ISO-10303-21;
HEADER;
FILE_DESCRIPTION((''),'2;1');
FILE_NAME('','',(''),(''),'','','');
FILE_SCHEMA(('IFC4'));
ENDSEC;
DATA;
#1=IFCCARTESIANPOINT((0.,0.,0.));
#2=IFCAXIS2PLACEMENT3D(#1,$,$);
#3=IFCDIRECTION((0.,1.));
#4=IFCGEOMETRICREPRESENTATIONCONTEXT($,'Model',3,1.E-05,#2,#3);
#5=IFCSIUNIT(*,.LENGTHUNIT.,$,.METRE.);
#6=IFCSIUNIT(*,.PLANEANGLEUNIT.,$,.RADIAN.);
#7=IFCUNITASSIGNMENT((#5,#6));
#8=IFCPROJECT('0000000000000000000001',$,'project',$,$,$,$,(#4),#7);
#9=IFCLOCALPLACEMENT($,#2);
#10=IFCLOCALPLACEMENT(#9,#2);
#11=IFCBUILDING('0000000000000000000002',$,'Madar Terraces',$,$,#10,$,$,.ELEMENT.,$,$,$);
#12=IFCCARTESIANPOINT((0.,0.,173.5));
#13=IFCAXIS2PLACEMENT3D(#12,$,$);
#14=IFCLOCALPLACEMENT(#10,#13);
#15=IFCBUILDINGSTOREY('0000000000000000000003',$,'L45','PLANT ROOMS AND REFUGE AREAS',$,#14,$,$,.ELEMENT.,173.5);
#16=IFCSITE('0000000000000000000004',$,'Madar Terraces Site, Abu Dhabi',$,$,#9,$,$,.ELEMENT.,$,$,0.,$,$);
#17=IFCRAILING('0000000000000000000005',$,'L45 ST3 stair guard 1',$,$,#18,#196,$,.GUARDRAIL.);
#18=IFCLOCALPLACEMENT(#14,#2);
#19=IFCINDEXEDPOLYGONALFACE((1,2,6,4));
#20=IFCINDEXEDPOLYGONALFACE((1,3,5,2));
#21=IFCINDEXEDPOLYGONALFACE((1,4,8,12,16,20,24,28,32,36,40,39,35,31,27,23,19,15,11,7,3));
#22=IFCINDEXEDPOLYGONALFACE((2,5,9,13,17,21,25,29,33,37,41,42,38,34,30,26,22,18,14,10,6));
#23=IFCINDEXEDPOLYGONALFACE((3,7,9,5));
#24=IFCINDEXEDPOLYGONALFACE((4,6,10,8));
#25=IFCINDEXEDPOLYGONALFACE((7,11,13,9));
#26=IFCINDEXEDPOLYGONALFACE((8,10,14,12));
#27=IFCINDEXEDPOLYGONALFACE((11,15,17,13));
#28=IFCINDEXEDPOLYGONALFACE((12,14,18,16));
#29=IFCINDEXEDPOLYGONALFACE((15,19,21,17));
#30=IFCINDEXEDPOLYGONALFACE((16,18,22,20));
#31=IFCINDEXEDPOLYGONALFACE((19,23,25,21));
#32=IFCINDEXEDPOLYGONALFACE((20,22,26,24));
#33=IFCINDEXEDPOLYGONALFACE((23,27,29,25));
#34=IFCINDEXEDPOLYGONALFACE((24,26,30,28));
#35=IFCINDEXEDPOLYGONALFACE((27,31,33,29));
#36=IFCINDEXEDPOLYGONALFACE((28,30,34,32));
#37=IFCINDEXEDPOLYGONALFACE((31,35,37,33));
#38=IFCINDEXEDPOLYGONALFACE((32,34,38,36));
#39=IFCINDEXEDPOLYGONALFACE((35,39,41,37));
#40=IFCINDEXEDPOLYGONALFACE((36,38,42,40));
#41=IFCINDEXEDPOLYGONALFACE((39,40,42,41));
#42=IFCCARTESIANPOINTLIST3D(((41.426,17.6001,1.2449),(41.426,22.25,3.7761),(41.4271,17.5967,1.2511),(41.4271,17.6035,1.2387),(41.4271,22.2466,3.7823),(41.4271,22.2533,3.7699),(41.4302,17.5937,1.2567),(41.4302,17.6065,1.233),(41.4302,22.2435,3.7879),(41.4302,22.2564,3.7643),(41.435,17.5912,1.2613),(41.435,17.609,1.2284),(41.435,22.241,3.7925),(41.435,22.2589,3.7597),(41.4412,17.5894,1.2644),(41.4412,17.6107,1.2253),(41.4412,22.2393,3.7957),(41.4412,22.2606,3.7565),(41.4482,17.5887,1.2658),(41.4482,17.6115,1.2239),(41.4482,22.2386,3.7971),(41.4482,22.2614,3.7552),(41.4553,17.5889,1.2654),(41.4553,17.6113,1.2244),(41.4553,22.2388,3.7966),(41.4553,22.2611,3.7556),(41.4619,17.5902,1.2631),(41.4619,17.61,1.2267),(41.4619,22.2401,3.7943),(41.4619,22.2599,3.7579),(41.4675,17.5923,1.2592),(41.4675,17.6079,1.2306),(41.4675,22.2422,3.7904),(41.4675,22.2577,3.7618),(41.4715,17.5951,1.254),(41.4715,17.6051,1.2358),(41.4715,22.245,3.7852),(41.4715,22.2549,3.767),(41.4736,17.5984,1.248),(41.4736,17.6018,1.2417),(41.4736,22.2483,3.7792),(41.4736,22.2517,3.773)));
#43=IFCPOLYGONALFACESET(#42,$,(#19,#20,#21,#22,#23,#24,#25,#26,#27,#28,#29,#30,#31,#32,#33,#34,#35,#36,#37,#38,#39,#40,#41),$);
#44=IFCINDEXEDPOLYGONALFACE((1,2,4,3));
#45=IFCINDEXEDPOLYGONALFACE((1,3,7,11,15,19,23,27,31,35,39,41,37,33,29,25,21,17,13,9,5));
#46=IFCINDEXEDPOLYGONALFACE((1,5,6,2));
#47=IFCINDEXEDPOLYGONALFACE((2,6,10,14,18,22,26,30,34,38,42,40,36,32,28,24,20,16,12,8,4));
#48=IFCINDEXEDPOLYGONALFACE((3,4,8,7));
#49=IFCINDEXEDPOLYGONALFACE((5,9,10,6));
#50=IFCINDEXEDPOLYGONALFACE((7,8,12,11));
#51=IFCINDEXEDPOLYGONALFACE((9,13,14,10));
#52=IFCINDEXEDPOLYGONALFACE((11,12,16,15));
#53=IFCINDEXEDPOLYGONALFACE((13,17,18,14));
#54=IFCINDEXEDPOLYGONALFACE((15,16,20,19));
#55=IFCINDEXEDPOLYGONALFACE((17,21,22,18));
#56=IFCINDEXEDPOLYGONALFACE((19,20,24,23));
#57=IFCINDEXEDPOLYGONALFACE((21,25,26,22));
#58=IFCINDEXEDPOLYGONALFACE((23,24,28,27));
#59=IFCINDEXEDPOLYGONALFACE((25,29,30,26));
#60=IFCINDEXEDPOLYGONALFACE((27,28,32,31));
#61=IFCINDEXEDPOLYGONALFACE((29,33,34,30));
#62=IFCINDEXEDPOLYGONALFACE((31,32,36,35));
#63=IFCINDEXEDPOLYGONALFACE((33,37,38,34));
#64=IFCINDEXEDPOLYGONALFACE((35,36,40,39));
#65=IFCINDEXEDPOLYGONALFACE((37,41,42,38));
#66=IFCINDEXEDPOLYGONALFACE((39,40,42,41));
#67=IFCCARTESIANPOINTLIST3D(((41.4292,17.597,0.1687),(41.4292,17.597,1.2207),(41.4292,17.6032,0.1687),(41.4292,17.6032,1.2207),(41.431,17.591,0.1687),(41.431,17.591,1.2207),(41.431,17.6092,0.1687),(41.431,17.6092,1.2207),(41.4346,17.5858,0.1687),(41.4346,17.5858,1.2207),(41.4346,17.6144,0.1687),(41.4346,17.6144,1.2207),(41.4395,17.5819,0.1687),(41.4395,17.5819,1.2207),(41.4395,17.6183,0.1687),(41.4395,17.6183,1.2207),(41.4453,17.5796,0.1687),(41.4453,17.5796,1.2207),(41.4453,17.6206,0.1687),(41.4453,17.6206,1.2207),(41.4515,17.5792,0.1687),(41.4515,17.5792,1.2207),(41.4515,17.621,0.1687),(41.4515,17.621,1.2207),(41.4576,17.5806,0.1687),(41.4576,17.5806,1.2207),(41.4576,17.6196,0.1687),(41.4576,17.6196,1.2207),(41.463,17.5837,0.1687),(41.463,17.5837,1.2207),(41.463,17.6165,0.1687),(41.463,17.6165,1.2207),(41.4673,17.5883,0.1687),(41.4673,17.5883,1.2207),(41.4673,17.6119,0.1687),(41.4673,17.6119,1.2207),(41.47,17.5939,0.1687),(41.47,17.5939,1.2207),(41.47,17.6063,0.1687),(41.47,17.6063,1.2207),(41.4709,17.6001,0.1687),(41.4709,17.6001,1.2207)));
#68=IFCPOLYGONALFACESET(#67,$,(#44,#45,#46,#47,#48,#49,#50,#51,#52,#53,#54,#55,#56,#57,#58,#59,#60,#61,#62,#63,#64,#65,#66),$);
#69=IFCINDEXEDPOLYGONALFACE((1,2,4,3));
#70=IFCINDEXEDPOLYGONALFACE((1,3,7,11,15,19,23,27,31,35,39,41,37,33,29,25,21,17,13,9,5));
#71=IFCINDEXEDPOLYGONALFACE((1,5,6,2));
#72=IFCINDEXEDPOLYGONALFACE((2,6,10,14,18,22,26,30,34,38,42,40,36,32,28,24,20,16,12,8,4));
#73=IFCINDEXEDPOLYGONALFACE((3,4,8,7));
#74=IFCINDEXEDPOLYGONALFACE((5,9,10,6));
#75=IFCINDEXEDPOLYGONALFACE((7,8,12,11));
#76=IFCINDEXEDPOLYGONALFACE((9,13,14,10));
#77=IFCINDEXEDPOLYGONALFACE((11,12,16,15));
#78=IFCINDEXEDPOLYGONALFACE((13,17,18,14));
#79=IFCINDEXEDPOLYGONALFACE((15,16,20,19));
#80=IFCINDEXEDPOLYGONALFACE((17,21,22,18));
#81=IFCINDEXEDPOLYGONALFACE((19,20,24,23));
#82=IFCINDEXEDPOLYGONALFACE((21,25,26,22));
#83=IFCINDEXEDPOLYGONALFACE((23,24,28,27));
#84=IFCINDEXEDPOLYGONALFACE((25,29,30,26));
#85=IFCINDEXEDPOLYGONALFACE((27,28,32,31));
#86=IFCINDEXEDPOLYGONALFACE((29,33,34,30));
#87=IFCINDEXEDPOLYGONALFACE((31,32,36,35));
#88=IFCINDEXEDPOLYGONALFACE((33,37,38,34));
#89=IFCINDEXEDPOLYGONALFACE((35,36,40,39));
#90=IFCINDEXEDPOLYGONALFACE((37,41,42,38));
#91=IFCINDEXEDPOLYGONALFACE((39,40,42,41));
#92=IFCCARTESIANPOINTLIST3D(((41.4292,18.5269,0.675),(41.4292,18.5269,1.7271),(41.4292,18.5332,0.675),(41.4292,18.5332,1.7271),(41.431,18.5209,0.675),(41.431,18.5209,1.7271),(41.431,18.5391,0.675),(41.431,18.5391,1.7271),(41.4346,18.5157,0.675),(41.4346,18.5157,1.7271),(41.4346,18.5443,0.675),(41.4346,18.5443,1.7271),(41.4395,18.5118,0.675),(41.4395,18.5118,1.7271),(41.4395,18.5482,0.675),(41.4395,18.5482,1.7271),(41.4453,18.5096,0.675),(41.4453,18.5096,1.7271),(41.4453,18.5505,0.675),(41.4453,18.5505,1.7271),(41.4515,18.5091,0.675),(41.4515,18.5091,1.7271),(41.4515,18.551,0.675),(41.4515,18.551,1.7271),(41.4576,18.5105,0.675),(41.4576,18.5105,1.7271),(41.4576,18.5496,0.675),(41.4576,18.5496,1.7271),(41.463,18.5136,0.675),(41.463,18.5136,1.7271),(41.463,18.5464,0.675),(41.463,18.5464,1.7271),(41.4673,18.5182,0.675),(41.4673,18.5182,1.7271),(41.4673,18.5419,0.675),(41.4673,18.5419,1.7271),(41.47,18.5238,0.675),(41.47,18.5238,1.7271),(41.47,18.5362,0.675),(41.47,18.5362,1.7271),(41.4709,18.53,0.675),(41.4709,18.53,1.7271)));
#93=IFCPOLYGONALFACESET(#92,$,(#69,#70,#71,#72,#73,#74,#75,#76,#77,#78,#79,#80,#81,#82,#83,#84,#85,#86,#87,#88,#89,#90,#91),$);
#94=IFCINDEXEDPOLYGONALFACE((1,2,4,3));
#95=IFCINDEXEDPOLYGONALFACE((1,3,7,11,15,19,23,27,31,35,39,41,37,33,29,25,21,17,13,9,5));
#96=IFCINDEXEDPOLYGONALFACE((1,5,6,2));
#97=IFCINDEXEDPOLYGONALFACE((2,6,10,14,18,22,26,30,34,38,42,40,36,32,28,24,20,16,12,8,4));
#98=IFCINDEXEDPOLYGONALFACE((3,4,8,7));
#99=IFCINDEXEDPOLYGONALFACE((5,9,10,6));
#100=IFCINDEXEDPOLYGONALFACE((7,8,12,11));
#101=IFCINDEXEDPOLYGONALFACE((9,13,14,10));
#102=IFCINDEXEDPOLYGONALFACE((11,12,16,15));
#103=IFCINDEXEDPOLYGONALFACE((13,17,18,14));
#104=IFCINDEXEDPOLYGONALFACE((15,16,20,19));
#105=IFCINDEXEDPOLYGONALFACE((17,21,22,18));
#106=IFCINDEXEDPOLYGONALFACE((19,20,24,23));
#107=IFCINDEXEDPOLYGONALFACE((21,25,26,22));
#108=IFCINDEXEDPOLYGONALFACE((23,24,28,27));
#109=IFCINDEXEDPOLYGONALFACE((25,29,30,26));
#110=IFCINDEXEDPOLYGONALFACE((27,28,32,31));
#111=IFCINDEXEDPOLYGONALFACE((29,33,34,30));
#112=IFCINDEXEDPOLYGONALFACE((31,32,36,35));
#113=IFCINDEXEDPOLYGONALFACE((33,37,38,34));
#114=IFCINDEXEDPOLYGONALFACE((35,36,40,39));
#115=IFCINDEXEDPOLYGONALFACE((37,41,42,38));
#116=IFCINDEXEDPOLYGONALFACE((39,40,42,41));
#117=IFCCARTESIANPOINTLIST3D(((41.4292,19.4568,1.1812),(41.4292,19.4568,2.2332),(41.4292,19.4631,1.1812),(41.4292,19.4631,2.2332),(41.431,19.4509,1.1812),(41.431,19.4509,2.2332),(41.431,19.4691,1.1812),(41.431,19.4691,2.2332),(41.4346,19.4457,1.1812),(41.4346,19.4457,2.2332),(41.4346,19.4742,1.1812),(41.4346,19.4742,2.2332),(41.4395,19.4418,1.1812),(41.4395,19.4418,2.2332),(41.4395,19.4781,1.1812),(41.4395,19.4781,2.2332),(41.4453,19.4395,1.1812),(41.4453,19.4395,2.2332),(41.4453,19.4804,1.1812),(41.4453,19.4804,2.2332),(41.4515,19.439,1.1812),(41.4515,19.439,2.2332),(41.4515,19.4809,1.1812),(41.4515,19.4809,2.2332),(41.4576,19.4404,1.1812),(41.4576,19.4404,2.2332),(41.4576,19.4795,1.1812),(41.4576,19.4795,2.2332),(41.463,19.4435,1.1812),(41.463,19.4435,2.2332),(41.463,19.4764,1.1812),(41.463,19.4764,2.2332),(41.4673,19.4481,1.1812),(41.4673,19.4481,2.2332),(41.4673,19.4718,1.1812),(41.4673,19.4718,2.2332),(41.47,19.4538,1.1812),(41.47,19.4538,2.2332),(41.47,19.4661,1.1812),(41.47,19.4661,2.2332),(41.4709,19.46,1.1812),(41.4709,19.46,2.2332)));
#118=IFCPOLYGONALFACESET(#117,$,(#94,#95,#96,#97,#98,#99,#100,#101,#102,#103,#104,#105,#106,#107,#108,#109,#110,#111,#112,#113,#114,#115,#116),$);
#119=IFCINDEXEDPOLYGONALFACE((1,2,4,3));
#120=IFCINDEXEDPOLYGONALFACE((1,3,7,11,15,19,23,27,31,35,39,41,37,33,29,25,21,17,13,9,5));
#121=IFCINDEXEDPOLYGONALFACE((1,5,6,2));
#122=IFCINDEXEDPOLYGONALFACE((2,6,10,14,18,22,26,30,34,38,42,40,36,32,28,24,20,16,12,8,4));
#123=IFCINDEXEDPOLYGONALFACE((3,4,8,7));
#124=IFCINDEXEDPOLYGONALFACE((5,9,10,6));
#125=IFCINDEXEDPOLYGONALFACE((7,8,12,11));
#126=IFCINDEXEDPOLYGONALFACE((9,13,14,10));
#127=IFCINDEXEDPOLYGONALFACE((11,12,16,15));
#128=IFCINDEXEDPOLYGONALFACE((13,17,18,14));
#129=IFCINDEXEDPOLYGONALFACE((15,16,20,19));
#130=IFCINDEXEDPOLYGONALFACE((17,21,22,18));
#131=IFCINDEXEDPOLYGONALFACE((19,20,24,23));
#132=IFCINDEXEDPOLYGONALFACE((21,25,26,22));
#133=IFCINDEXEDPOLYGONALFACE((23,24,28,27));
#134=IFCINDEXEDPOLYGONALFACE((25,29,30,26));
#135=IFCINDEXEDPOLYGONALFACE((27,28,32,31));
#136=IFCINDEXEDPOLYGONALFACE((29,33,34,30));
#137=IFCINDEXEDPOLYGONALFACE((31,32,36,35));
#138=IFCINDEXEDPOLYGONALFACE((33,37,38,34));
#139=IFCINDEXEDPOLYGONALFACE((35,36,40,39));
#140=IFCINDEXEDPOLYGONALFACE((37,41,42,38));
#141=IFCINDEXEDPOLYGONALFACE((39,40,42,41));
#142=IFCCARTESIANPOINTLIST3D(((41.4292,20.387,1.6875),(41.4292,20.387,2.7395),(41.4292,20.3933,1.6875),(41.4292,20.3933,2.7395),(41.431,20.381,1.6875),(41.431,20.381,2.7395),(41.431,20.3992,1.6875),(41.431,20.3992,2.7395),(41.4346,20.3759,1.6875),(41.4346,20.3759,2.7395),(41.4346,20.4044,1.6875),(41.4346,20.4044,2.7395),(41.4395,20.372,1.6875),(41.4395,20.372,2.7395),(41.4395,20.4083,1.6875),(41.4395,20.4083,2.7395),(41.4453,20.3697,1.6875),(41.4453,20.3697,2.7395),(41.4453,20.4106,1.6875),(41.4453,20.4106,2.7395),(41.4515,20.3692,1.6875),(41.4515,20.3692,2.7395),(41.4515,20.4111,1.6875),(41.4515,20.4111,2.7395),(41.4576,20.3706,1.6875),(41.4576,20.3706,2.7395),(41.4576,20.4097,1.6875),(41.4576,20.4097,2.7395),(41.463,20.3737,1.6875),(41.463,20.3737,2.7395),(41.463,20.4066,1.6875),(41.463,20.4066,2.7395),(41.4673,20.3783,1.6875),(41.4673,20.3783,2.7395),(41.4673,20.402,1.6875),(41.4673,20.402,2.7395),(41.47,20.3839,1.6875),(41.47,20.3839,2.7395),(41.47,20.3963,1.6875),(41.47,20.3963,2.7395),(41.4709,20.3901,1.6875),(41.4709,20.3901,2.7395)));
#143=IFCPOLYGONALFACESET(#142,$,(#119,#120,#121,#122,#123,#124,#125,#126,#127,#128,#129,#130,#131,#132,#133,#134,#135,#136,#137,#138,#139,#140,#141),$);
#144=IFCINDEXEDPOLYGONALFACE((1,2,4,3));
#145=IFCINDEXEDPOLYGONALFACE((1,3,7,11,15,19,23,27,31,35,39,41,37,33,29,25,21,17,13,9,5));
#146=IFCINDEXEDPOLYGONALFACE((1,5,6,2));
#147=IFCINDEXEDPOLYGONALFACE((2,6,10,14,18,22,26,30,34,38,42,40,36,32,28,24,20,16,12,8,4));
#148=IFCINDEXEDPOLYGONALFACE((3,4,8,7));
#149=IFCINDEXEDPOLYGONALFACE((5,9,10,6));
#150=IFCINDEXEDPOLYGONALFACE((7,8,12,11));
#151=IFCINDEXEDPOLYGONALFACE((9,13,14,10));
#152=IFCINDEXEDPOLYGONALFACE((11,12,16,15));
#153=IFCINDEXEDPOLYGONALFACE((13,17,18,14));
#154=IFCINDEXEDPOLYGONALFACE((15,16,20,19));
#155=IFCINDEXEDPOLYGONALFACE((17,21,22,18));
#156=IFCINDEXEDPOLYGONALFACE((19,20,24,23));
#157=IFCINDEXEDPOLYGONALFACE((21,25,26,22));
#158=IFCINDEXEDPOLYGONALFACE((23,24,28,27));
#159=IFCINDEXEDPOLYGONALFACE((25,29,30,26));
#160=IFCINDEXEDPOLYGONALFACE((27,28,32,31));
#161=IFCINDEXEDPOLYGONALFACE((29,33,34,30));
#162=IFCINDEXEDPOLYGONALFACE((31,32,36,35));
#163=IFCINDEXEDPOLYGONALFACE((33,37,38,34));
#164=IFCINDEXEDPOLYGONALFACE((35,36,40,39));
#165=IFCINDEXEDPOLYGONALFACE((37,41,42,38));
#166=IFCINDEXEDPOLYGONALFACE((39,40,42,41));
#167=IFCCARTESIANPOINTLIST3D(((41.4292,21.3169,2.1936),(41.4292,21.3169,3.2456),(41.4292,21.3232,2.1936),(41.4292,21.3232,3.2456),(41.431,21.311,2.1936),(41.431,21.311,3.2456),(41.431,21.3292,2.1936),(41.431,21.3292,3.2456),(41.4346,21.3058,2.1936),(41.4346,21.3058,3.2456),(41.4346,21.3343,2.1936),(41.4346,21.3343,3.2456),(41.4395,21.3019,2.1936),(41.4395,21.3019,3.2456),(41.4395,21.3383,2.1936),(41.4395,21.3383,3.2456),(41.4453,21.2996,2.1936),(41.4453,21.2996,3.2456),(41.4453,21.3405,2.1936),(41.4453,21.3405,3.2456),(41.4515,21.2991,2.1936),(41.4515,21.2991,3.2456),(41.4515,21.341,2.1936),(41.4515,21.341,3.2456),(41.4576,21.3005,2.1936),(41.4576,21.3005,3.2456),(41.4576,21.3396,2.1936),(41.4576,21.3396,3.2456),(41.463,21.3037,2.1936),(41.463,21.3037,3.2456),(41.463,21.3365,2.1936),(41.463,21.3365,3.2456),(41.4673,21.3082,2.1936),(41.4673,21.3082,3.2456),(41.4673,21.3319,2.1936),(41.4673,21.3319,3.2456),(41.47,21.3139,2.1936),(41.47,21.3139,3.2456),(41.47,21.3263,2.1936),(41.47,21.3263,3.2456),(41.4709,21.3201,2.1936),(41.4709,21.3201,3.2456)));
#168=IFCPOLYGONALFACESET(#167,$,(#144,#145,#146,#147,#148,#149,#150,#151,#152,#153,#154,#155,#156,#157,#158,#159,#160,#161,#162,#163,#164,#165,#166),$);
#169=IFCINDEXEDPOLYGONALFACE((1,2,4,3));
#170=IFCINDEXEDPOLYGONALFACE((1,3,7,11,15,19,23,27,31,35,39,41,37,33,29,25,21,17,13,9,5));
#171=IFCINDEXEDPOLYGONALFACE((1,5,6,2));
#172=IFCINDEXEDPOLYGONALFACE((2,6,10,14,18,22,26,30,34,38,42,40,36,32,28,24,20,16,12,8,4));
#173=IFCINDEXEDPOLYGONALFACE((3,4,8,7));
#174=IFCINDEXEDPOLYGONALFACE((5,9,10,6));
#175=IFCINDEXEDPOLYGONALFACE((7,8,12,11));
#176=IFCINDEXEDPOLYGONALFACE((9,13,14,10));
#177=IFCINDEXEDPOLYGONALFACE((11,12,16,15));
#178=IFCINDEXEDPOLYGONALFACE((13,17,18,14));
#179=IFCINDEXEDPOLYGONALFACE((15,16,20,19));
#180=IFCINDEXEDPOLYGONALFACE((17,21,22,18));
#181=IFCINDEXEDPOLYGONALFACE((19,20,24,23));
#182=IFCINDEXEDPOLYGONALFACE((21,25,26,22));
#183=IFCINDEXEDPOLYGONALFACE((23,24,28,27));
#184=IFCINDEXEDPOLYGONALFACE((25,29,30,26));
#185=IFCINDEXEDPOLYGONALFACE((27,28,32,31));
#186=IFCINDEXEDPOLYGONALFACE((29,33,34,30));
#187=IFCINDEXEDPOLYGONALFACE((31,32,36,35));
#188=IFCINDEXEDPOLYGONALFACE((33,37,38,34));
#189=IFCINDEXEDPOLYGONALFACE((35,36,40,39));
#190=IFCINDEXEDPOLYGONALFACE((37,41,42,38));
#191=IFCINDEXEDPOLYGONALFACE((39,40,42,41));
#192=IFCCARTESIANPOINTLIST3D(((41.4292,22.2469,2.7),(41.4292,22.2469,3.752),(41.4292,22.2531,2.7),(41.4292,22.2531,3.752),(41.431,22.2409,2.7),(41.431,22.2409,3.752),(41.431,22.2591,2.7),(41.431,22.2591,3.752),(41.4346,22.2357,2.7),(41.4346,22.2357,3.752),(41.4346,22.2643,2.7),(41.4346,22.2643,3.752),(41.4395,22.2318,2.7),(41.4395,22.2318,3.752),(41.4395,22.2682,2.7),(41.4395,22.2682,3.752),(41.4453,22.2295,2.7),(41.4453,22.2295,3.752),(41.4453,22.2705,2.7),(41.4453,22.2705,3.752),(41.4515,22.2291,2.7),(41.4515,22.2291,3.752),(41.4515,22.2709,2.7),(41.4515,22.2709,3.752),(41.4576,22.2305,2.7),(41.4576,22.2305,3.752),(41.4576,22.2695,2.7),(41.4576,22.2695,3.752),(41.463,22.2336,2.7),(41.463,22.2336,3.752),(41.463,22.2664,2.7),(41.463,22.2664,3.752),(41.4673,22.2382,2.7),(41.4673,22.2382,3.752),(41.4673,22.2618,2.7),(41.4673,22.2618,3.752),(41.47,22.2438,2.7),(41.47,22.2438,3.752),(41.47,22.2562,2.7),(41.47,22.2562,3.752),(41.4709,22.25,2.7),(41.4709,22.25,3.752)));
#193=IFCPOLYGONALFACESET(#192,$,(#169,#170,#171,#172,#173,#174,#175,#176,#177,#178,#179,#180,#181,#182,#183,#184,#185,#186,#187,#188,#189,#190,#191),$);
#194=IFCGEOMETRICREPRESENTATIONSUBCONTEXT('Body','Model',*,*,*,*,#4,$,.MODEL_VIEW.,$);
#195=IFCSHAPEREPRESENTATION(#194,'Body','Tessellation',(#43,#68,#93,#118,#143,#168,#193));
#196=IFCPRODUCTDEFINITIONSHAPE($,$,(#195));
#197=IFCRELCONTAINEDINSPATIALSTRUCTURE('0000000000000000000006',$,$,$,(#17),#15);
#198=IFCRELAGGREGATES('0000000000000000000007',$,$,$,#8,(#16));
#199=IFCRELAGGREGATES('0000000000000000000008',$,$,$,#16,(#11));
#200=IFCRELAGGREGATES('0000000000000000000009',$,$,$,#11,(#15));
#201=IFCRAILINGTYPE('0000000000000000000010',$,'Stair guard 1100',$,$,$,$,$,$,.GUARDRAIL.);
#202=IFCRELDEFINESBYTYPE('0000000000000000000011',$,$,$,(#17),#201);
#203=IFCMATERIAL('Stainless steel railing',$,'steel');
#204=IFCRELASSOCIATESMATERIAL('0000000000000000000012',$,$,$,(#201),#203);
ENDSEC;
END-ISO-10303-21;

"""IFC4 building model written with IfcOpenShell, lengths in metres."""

from ifc_helpers import new_model, si_unit, direction, frame, origin, origin_2d, place, context, subcontext, project, spatial, circle, extrude, material, type_object, element, save


model = new_model("IFC4")

# Units and contexts
model_context = context("Model", 3, precision=1e-05, world=origin(), true_north=direction((0.0, 1.0)))
body_context = subcontext(model_context, "Body", "Model", "MODEL_VIEW")
ifc_project = project(units=[si_unit("LENGTHUNIT", "METRE"), si_unit("PLANEANGLEUNIT", "RADIAN")], contexts=[model_context])

# Site, building, storey
site_placement = place(None, origin())
site = spatial("IfcSite", under=ifc_project, at=site_placement, Name="Madar Terraces Site, Abu Dhabi", CompositionType="ELEMENT", RefElevation=0.0)
building_placement = place(site_placement, origin())
building = spatial("IfcBuilding", under=site, at=building_placement, Name="Madar Terraces", CompositionType="ELEMENT")
storey_placement = place(building_placement, frame((0.0, 0.0, 173.5)))
storey = spatial("IfcBuildingStorey", under=building, at=storey_placement, Name="L45", Description="PLANT ROOMS AND REFUGE AREAS", CompositionType="ELEMENT", Elevation=173.5)

# Railing
ifc_material_1 = material(Name="Stainless steel railing", Category="steel")
railing_type_1 = type_object("IfcRailingType", Name="Stair guard 1100", PredefinedType="GUARDRAIL", material=ifc_material_1)
railing_1_placement = place(storey_placement, frame((41.45, 17.6001, 0.1687)))
element("IfcRailing", 1, at=railing_1_placement, inside=storey, type_object=railing_type_1, Name="L45 ST3 stair guard 1", PredefinedType="GUARDRAIL", context=body_context, shape_type="SweptSolid", body=[
    extrude(circle(Radius=0.0239, at=origin_2d()), frame((0.0, 0.0, 1.0762), z_axis=(0.0, 0.878297, 0.478115), x_axis=(-1.0, 0.0, 0.0)), (0.0, 0.0, 1.0), 5.2942),
    extrude(circle(Radius=0.021, at=origin_2d()), origin(), (0.0, 0.0, 1.0), 1.052),
    extrude(circle(Radius=0.021, at=origin_2d()), frame((0.0, 0.9299, 0.5063)), (0.0, 0.0, 1.0), 1.052),
    extrude(circle(Radius=0.021, at=origin_2d()), frame((0.0, 1.8599, 1.0125)), (0.0, 0.0, 1.0), 1.052),
    extrude(circle(Radius=0.021, at=origin_2d()), frame((0.0, 2.79, 1.5188)), (0.0, 0.0, 1.0), 1.052),
    extrude(circle(Radius=0.021, at=origin_2d()), frame((0.0, 3.72, 2.0249)), (0.0, 0.0, 1.0), 1.052),
    extrude(circle(Radius=0.021, at=origin_2d()), frame((0.0, 4.6499, 2.5312)), (0.0, 0.0, 1.0), 1.052),
])

save(model, "model.ifc")
